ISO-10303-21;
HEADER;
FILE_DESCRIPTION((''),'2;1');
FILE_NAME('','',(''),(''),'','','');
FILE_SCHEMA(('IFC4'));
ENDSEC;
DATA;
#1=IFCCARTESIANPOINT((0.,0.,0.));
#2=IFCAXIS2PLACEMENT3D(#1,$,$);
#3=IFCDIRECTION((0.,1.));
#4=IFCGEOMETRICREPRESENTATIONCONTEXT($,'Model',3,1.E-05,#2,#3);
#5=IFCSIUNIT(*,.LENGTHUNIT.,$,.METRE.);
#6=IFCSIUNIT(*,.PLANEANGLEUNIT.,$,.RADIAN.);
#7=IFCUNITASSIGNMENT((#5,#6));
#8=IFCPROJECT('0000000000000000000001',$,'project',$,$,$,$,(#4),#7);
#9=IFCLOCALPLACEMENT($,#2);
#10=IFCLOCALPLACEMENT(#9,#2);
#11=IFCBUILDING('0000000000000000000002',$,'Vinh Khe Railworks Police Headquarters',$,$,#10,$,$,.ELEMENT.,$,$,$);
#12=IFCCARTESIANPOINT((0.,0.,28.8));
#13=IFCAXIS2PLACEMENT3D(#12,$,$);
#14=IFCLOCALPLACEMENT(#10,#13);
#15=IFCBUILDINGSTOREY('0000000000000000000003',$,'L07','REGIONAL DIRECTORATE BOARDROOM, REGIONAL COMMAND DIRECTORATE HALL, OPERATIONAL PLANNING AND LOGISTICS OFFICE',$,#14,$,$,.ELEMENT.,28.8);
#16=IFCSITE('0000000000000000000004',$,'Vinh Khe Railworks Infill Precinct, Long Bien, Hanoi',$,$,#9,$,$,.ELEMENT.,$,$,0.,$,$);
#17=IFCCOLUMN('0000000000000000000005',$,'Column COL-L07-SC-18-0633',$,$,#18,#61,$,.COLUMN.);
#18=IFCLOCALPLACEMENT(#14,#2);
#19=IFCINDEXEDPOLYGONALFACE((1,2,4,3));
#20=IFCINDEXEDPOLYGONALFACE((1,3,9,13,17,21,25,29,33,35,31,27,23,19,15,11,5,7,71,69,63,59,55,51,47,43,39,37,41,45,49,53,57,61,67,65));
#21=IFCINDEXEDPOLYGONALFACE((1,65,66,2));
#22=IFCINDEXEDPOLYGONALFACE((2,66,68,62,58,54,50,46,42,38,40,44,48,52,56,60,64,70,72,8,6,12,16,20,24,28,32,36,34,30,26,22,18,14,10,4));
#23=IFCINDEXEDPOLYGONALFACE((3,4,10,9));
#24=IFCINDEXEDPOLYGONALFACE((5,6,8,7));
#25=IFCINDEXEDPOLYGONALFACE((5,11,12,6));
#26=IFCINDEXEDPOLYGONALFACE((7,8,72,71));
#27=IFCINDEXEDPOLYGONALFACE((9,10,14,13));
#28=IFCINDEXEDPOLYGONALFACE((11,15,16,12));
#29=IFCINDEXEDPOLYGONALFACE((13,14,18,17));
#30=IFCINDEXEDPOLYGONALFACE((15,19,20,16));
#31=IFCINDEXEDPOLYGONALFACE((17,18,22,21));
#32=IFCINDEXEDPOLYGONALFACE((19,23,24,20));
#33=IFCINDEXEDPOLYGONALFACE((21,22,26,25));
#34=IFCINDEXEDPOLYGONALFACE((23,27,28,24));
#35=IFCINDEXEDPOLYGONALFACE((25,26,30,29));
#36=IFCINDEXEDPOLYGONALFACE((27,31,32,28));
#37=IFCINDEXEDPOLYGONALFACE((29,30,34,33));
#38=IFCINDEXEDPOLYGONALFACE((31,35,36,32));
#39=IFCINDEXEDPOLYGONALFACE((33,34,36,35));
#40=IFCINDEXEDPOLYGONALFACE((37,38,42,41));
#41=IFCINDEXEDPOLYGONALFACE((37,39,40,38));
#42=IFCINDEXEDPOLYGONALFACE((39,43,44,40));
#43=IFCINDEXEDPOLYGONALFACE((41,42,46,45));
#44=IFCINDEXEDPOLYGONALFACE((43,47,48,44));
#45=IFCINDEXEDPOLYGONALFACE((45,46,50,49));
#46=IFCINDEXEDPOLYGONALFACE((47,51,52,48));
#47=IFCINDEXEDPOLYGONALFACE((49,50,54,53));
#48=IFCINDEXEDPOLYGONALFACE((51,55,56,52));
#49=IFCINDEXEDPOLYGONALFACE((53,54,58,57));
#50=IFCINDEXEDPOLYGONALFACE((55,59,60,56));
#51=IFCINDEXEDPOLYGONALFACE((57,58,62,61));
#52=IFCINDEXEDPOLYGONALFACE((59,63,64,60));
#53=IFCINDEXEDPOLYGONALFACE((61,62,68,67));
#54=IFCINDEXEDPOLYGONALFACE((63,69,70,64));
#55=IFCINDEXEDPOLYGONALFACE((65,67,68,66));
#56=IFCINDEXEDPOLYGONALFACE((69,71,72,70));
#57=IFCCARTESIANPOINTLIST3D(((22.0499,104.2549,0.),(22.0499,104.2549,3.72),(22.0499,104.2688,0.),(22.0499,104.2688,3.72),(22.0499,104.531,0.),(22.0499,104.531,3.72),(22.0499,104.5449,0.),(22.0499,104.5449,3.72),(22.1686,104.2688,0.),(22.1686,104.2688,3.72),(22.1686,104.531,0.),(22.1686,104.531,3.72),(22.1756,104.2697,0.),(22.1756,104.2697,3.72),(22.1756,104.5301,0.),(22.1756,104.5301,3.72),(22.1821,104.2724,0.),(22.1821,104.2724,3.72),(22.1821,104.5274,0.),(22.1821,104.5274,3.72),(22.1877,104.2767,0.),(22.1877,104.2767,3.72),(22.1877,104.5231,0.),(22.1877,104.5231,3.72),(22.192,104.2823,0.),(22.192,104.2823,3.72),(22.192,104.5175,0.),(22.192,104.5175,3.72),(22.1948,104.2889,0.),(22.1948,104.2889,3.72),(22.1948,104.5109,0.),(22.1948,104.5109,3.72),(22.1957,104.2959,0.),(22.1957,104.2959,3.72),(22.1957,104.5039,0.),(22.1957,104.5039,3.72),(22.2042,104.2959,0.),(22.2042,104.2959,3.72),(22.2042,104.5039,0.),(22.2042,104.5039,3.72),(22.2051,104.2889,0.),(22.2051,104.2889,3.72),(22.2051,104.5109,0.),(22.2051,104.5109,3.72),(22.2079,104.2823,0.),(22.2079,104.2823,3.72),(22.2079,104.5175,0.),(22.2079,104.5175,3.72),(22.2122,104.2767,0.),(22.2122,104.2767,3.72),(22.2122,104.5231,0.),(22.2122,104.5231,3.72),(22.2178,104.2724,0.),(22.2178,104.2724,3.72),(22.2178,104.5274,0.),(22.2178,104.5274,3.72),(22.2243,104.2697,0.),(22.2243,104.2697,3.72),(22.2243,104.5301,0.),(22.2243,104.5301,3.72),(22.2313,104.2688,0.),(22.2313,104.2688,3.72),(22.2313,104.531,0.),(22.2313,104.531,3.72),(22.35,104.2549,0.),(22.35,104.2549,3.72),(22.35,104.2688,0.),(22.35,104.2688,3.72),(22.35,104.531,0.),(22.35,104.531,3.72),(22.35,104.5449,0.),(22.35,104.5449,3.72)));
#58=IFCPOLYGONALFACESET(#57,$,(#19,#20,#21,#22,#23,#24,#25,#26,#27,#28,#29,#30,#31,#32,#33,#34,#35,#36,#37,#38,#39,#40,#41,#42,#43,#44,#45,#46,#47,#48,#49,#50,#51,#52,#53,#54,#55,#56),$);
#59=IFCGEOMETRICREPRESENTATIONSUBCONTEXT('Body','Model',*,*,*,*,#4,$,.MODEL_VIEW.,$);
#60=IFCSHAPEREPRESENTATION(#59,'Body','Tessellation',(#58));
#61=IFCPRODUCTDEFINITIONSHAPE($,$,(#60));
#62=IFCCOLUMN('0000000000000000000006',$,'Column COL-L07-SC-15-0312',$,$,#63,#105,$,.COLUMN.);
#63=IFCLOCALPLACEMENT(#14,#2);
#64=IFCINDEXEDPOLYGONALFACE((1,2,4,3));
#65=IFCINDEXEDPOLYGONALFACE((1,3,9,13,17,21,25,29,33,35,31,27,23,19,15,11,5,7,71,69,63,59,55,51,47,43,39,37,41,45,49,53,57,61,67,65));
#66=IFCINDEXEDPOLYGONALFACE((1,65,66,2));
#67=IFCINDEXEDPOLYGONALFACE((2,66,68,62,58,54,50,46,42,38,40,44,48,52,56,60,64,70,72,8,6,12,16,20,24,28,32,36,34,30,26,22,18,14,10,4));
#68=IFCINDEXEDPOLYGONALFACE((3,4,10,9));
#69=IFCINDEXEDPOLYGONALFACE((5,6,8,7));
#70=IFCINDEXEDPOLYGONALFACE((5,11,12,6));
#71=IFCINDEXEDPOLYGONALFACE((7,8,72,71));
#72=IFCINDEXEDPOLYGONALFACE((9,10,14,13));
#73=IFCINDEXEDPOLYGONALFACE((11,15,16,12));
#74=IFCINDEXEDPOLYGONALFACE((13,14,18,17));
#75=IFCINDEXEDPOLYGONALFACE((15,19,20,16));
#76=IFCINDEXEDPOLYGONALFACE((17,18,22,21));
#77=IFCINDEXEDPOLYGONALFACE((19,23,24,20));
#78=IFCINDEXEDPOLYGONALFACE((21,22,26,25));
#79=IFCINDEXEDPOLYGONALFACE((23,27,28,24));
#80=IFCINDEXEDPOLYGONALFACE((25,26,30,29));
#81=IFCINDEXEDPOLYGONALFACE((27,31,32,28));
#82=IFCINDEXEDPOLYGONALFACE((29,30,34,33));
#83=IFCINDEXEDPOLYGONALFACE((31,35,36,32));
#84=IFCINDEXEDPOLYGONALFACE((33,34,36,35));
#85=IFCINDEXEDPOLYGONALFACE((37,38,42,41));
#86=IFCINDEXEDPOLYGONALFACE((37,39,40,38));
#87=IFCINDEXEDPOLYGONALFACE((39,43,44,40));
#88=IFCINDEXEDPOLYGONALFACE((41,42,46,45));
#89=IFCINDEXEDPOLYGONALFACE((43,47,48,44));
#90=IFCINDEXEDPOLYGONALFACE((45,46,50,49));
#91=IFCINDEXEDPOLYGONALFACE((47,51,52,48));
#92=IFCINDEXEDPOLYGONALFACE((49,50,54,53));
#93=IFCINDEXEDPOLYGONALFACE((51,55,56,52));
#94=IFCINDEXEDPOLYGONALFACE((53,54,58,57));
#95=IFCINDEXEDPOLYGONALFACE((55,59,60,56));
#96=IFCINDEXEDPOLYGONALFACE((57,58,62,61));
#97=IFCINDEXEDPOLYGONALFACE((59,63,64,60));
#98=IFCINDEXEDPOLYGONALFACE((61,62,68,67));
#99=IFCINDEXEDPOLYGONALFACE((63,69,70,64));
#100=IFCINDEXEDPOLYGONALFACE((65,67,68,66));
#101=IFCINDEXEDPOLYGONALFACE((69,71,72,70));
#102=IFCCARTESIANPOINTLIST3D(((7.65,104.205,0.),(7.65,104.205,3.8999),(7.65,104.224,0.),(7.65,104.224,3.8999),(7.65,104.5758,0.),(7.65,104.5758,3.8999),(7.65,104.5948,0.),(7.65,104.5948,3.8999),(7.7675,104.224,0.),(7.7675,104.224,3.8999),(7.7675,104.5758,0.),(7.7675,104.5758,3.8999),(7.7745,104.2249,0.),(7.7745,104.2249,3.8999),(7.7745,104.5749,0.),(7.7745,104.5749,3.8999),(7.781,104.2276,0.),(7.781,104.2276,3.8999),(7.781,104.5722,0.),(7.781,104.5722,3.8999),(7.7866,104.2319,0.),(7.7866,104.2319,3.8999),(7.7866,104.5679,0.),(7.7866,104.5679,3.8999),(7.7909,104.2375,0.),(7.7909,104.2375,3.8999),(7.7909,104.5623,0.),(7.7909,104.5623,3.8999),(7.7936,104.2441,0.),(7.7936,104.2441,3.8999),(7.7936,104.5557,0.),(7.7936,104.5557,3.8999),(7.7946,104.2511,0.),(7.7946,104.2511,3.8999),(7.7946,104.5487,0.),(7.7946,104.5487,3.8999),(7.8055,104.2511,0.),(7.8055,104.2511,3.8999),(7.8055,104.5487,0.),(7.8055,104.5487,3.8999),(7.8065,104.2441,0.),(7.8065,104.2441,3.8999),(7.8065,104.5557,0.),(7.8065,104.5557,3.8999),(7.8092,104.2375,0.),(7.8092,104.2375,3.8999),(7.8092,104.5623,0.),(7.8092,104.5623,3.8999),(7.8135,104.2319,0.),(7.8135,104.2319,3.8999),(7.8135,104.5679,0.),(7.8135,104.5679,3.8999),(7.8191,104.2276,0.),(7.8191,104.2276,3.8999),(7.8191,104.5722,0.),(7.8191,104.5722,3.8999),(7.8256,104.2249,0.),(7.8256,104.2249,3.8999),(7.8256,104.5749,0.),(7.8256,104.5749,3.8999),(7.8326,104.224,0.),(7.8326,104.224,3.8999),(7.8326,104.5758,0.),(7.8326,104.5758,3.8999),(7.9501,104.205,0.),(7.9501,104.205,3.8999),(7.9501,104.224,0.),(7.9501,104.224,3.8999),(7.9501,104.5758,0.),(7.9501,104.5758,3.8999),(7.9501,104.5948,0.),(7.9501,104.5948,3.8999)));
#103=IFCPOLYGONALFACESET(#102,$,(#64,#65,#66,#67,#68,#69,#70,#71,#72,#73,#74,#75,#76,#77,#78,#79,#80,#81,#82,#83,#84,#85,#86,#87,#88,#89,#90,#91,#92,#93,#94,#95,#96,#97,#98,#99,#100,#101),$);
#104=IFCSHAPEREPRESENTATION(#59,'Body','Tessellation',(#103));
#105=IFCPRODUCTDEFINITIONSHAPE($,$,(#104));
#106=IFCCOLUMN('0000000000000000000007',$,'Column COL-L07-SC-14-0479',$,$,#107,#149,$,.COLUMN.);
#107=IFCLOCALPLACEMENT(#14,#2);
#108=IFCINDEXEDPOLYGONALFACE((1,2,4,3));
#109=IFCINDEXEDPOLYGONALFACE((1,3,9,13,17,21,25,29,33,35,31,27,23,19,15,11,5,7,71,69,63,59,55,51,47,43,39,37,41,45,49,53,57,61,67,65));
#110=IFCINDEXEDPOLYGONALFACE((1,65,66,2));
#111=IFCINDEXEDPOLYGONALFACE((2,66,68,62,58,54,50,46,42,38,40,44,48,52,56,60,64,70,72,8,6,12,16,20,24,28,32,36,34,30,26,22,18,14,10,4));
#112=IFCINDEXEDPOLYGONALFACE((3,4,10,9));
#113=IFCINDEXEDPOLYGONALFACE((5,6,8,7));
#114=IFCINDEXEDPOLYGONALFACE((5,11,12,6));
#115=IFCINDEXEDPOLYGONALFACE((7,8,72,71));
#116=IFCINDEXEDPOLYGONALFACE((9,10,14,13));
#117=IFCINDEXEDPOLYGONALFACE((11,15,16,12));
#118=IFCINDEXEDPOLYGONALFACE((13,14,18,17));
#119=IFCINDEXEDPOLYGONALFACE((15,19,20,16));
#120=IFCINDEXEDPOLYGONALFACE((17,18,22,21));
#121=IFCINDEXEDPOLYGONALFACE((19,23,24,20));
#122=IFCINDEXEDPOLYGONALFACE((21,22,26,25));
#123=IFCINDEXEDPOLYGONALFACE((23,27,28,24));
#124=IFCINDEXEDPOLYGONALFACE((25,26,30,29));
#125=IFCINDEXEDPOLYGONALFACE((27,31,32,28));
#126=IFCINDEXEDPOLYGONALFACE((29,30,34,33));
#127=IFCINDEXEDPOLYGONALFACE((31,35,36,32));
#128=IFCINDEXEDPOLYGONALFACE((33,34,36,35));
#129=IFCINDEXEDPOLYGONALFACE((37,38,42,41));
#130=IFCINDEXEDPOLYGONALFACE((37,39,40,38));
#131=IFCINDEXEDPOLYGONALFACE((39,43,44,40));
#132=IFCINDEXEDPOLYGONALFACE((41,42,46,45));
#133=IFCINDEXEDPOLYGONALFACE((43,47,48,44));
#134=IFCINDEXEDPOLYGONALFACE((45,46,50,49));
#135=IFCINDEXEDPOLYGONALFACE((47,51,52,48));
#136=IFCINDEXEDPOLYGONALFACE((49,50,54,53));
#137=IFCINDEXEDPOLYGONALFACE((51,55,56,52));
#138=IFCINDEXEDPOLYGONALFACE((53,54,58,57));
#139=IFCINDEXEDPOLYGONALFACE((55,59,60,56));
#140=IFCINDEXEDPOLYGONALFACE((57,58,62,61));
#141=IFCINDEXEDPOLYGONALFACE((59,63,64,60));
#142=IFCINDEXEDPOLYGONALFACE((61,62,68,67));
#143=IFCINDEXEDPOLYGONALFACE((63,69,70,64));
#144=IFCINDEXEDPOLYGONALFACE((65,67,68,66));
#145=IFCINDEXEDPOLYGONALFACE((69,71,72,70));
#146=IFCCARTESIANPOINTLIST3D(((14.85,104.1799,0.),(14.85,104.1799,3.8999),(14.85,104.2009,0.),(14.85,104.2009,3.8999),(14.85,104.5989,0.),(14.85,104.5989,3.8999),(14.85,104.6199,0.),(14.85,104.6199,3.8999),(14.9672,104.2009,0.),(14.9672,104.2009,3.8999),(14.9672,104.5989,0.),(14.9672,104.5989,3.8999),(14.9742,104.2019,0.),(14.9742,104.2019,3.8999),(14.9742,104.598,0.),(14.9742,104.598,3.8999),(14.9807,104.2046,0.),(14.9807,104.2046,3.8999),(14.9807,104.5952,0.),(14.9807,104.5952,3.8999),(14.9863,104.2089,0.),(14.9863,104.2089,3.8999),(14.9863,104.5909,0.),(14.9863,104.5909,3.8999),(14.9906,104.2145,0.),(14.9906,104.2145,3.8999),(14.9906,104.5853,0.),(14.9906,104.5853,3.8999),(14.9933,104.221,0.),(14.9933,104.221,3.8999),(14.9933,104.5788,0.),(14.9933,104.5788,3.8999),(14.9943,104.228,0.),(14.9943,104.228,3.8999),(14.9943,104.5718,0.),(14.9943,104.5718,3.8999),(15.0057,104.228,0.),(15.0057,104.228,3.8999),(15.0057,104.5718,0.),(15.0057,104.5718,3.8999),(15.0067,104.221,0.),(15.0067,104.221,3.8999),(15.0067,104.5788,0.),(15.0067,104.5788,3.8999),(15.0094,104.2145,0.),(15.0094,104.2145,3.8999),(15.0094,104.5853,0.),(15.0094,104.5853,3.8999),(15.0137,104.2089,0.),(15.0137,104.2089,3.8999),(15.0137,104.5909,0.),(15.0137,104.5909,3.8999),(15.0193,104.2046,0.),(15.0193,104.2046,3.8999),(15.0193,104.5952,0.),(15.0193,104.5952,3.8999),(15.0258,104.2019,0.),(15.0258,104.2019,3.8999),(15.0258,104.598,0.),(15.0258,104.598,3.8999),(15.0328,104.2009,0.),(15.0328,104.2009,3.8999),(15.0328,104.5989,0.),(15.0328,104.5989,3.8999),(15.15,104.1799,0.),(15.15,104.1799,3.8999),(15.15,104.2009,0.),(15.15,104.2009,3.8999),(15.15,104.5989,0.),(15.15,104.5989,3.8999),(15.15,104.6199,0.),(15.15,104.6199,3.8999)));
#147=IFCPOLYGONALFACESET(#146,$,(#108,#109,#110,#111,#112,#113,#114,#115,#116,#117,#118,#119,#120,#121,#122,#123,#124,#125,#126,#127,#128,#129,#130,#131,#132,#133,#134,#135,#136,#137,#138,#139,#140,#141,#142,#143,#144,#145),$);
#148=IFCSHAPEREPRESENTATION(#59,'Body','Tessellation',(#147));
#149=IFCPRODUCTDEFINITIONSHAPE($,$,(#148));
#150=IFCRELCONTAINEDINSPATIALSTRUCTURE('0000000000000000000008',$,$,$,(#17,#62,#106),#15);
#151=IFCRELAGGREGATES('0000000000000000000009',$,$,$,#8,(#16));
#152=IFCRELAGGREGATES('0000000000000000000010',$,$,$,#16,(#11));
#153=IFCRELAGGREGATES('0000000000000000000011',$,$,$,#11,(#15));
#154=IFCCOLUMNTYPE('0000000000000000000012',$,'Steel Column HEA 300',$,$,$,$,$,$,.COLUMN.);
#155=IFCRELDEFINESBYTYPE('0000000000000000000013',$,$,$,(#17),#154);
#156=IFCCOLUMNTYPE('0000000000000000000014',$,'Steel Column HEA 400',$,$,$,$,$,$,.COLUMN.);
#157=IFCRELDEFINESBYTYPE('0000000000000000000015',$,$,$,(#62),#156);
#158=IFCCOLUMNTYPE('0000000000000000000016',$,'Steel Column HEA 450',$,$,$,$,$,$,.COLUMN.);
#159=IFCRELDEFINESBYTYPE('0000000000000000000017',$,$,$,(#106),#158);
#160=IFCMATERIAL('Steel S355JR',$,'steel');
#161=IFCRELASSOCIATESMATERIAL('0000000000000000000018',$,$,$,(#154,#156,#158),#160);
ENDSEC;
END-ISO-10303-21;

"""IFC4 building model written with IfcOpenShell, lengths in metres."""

from ifc_helpers import new_model, si_unit, direction, frame, origin, origin_2d, place, context, subcontext, project, spatial, i_section, extrude, material, material_profile, profile_set, type_object, element, save


model = new_model("IFC4")

# Units and contexts
model_context = context("Model", 3, precision=1e-05, world=origin(), true_north=direction((0.0, 1.0)))
body_context = subcontext(model_context, "Body", "Model", "MODEL_VIEW")
ifc_project = project(units=[si_unit("LENGTHUNIT", "METRE"), si_unit("PLANEANGLEUNIT", "RADIAN")], contexts=[model_context])

# Site, building, storey
site_placement = place(None, origin())
site = spatial("IfcSite", under=ifc_project, at=site_placement, Name="Vinh Khe Railworks Infill Precinct, Long Bien, Hanoi", CompositionType="ELEMENT", RefElevation=0.0)
building_placement = place(site_placement, origin())
building = spatial("IfcBuilding", under=site, at=building_placement, Name="Vinh Khe Railworks Police Headquarters", CompositionType="ELEMENT")
storey_placement = place(building_placement, frame((0.0, 0.0, 28.8)))
storey = spatial("IfcBuildingStorey", under=building, at=storey_placement, Name="L07", Description="REGIONAL DIRECTORATE BOARDROOM, REGIONAL COMMAND DIRECTORATE HALL, OPERATIONAL PLANNING AND LOGISTICS OFFICE", CompositionType="ELEMENT", Elevation=28.8)

# Columns
ifc_material_1 = material(Name="Steel S355JR", Category="steel")
ifc_material_profile_1 = material_profile(ifc_material_1, i_section(OverallWidth=0.3, OverallDepth=0.29, WebThickness=0.0085, FlangeThickness=0.0139, FilletRadius=0.0271, at=origin_2d()), Name="HEA 300")
ifc_profile_set_1 = profile_set([ifc_material_profile_1], Name="Steel S355JR")
column_type_1 = type_object("IfcColumnType", Name="Steel Column HEA 300", PredefinedType="COLUMN", material=ifc_profile_set_1)
column_1_placement = place(storey_placement, frame((22.2, 104.3999, 0.0), z_axis=(0.0, 0.0, 1.0), x_axis=(1.0, 0.0, 0.0)))
element("IfcColumn", 1, at=column_1_placement, inside=storey, type_object=column_type_1, Name="Column COL-L07-SC-18-0633", PredefinedType="COLUMN", context=body_context, shape_type="SweptSolid", body=[
    extrude(i_section(OverallWidth=0.3, OverallDepth=0.29, WebThickness=0.0085, FlangeThickness=0.0139, FilletRadius=0.0271, at=origin_2d()), origin(), (0.0, 0.0, 1.0), 3.72),
])
ifc_material_profile_2 = material_profile(ifc_material_1, i_section(OverallWidth=0.3, OverallDepth=0.3899, WebThickness=0.011, FlangeThickness=0.019, FilletRadius=0.0271, at=origin_2d()), Name="HEA 400")
ifc_profile_set_2 = profile_set([ifc_material_profile_2], Name="Steel S355JR")
column_type_2 = type_object("IfcColumnType", Name="Steel Column HEA 400", PredefinedType="COLUMN", material=ifc_profile_set_2)
column_2_placement = place(storey_placement, frame((7.8, 104.3999, 0.0), z_axis=(0.0, 0.0, 1.0), x_axis=(1.0, 0.0, 0.0)))
element("IfcColumn", 2, at=column_2_placement, inside=storey, type_object=column_type_2, Name="Column COL-L07-SC-15-0312", PredefinedType="COLUMN", context=body_context, shape_type="SweptSolid", body=[
    extrude(i_section(OverallWidth=0.3, OverallDepth=0.3899, WebThickness=0.011, FlangeThickness=0.019, FilletRadius=0.0271, at=origin_2d()), origin(), (0.0, 0.0, 1.0), 3.8999),
])
ifc_material_profile_3 = material_profile(ifc_material_1, i_section(OverallWidth=0.3, OverallDepth=0.4399, WebThickness=0.0115, FlangeThickness=0.021, FilletRadius=0.0271, at=origin_2d()), Name="HEA 450")
ifc_profile_set_3 = profile_set([ifc_material_profile_3], Name="Steel S355JR")
column_type_3 = type_object("IfcColumnType", Name="Steel Column HEA 450", PredefinedType="COLUMN", material=ifc_profile_set_3)
column_3_placement = place(storey_placement, frame((15.0, 104.3999, 0.0), z_axis=(0.0, 0.0, 1.0), x_axis=(1.0, 0.0, 0.0)))
element("IfcColumn", 3, at=column_3_placement, inside=storey, type_object=column_type_3, Name="Column COL-L07-SC-14-0479", PredefinedType="COLUMN", context=body_context, shape_type="SweptSolid", body=[
    extrude(i_section(OverallWidth=0.3, OverallDepth=0.4399, WebThickness=0.0115, FlangeThickness=0.021, FilletRadius=0.0271, at=origin_2d()), origin(), (0.0, 0.0, 1.0), 3.8999),
])

save(model, "model.ifc")
